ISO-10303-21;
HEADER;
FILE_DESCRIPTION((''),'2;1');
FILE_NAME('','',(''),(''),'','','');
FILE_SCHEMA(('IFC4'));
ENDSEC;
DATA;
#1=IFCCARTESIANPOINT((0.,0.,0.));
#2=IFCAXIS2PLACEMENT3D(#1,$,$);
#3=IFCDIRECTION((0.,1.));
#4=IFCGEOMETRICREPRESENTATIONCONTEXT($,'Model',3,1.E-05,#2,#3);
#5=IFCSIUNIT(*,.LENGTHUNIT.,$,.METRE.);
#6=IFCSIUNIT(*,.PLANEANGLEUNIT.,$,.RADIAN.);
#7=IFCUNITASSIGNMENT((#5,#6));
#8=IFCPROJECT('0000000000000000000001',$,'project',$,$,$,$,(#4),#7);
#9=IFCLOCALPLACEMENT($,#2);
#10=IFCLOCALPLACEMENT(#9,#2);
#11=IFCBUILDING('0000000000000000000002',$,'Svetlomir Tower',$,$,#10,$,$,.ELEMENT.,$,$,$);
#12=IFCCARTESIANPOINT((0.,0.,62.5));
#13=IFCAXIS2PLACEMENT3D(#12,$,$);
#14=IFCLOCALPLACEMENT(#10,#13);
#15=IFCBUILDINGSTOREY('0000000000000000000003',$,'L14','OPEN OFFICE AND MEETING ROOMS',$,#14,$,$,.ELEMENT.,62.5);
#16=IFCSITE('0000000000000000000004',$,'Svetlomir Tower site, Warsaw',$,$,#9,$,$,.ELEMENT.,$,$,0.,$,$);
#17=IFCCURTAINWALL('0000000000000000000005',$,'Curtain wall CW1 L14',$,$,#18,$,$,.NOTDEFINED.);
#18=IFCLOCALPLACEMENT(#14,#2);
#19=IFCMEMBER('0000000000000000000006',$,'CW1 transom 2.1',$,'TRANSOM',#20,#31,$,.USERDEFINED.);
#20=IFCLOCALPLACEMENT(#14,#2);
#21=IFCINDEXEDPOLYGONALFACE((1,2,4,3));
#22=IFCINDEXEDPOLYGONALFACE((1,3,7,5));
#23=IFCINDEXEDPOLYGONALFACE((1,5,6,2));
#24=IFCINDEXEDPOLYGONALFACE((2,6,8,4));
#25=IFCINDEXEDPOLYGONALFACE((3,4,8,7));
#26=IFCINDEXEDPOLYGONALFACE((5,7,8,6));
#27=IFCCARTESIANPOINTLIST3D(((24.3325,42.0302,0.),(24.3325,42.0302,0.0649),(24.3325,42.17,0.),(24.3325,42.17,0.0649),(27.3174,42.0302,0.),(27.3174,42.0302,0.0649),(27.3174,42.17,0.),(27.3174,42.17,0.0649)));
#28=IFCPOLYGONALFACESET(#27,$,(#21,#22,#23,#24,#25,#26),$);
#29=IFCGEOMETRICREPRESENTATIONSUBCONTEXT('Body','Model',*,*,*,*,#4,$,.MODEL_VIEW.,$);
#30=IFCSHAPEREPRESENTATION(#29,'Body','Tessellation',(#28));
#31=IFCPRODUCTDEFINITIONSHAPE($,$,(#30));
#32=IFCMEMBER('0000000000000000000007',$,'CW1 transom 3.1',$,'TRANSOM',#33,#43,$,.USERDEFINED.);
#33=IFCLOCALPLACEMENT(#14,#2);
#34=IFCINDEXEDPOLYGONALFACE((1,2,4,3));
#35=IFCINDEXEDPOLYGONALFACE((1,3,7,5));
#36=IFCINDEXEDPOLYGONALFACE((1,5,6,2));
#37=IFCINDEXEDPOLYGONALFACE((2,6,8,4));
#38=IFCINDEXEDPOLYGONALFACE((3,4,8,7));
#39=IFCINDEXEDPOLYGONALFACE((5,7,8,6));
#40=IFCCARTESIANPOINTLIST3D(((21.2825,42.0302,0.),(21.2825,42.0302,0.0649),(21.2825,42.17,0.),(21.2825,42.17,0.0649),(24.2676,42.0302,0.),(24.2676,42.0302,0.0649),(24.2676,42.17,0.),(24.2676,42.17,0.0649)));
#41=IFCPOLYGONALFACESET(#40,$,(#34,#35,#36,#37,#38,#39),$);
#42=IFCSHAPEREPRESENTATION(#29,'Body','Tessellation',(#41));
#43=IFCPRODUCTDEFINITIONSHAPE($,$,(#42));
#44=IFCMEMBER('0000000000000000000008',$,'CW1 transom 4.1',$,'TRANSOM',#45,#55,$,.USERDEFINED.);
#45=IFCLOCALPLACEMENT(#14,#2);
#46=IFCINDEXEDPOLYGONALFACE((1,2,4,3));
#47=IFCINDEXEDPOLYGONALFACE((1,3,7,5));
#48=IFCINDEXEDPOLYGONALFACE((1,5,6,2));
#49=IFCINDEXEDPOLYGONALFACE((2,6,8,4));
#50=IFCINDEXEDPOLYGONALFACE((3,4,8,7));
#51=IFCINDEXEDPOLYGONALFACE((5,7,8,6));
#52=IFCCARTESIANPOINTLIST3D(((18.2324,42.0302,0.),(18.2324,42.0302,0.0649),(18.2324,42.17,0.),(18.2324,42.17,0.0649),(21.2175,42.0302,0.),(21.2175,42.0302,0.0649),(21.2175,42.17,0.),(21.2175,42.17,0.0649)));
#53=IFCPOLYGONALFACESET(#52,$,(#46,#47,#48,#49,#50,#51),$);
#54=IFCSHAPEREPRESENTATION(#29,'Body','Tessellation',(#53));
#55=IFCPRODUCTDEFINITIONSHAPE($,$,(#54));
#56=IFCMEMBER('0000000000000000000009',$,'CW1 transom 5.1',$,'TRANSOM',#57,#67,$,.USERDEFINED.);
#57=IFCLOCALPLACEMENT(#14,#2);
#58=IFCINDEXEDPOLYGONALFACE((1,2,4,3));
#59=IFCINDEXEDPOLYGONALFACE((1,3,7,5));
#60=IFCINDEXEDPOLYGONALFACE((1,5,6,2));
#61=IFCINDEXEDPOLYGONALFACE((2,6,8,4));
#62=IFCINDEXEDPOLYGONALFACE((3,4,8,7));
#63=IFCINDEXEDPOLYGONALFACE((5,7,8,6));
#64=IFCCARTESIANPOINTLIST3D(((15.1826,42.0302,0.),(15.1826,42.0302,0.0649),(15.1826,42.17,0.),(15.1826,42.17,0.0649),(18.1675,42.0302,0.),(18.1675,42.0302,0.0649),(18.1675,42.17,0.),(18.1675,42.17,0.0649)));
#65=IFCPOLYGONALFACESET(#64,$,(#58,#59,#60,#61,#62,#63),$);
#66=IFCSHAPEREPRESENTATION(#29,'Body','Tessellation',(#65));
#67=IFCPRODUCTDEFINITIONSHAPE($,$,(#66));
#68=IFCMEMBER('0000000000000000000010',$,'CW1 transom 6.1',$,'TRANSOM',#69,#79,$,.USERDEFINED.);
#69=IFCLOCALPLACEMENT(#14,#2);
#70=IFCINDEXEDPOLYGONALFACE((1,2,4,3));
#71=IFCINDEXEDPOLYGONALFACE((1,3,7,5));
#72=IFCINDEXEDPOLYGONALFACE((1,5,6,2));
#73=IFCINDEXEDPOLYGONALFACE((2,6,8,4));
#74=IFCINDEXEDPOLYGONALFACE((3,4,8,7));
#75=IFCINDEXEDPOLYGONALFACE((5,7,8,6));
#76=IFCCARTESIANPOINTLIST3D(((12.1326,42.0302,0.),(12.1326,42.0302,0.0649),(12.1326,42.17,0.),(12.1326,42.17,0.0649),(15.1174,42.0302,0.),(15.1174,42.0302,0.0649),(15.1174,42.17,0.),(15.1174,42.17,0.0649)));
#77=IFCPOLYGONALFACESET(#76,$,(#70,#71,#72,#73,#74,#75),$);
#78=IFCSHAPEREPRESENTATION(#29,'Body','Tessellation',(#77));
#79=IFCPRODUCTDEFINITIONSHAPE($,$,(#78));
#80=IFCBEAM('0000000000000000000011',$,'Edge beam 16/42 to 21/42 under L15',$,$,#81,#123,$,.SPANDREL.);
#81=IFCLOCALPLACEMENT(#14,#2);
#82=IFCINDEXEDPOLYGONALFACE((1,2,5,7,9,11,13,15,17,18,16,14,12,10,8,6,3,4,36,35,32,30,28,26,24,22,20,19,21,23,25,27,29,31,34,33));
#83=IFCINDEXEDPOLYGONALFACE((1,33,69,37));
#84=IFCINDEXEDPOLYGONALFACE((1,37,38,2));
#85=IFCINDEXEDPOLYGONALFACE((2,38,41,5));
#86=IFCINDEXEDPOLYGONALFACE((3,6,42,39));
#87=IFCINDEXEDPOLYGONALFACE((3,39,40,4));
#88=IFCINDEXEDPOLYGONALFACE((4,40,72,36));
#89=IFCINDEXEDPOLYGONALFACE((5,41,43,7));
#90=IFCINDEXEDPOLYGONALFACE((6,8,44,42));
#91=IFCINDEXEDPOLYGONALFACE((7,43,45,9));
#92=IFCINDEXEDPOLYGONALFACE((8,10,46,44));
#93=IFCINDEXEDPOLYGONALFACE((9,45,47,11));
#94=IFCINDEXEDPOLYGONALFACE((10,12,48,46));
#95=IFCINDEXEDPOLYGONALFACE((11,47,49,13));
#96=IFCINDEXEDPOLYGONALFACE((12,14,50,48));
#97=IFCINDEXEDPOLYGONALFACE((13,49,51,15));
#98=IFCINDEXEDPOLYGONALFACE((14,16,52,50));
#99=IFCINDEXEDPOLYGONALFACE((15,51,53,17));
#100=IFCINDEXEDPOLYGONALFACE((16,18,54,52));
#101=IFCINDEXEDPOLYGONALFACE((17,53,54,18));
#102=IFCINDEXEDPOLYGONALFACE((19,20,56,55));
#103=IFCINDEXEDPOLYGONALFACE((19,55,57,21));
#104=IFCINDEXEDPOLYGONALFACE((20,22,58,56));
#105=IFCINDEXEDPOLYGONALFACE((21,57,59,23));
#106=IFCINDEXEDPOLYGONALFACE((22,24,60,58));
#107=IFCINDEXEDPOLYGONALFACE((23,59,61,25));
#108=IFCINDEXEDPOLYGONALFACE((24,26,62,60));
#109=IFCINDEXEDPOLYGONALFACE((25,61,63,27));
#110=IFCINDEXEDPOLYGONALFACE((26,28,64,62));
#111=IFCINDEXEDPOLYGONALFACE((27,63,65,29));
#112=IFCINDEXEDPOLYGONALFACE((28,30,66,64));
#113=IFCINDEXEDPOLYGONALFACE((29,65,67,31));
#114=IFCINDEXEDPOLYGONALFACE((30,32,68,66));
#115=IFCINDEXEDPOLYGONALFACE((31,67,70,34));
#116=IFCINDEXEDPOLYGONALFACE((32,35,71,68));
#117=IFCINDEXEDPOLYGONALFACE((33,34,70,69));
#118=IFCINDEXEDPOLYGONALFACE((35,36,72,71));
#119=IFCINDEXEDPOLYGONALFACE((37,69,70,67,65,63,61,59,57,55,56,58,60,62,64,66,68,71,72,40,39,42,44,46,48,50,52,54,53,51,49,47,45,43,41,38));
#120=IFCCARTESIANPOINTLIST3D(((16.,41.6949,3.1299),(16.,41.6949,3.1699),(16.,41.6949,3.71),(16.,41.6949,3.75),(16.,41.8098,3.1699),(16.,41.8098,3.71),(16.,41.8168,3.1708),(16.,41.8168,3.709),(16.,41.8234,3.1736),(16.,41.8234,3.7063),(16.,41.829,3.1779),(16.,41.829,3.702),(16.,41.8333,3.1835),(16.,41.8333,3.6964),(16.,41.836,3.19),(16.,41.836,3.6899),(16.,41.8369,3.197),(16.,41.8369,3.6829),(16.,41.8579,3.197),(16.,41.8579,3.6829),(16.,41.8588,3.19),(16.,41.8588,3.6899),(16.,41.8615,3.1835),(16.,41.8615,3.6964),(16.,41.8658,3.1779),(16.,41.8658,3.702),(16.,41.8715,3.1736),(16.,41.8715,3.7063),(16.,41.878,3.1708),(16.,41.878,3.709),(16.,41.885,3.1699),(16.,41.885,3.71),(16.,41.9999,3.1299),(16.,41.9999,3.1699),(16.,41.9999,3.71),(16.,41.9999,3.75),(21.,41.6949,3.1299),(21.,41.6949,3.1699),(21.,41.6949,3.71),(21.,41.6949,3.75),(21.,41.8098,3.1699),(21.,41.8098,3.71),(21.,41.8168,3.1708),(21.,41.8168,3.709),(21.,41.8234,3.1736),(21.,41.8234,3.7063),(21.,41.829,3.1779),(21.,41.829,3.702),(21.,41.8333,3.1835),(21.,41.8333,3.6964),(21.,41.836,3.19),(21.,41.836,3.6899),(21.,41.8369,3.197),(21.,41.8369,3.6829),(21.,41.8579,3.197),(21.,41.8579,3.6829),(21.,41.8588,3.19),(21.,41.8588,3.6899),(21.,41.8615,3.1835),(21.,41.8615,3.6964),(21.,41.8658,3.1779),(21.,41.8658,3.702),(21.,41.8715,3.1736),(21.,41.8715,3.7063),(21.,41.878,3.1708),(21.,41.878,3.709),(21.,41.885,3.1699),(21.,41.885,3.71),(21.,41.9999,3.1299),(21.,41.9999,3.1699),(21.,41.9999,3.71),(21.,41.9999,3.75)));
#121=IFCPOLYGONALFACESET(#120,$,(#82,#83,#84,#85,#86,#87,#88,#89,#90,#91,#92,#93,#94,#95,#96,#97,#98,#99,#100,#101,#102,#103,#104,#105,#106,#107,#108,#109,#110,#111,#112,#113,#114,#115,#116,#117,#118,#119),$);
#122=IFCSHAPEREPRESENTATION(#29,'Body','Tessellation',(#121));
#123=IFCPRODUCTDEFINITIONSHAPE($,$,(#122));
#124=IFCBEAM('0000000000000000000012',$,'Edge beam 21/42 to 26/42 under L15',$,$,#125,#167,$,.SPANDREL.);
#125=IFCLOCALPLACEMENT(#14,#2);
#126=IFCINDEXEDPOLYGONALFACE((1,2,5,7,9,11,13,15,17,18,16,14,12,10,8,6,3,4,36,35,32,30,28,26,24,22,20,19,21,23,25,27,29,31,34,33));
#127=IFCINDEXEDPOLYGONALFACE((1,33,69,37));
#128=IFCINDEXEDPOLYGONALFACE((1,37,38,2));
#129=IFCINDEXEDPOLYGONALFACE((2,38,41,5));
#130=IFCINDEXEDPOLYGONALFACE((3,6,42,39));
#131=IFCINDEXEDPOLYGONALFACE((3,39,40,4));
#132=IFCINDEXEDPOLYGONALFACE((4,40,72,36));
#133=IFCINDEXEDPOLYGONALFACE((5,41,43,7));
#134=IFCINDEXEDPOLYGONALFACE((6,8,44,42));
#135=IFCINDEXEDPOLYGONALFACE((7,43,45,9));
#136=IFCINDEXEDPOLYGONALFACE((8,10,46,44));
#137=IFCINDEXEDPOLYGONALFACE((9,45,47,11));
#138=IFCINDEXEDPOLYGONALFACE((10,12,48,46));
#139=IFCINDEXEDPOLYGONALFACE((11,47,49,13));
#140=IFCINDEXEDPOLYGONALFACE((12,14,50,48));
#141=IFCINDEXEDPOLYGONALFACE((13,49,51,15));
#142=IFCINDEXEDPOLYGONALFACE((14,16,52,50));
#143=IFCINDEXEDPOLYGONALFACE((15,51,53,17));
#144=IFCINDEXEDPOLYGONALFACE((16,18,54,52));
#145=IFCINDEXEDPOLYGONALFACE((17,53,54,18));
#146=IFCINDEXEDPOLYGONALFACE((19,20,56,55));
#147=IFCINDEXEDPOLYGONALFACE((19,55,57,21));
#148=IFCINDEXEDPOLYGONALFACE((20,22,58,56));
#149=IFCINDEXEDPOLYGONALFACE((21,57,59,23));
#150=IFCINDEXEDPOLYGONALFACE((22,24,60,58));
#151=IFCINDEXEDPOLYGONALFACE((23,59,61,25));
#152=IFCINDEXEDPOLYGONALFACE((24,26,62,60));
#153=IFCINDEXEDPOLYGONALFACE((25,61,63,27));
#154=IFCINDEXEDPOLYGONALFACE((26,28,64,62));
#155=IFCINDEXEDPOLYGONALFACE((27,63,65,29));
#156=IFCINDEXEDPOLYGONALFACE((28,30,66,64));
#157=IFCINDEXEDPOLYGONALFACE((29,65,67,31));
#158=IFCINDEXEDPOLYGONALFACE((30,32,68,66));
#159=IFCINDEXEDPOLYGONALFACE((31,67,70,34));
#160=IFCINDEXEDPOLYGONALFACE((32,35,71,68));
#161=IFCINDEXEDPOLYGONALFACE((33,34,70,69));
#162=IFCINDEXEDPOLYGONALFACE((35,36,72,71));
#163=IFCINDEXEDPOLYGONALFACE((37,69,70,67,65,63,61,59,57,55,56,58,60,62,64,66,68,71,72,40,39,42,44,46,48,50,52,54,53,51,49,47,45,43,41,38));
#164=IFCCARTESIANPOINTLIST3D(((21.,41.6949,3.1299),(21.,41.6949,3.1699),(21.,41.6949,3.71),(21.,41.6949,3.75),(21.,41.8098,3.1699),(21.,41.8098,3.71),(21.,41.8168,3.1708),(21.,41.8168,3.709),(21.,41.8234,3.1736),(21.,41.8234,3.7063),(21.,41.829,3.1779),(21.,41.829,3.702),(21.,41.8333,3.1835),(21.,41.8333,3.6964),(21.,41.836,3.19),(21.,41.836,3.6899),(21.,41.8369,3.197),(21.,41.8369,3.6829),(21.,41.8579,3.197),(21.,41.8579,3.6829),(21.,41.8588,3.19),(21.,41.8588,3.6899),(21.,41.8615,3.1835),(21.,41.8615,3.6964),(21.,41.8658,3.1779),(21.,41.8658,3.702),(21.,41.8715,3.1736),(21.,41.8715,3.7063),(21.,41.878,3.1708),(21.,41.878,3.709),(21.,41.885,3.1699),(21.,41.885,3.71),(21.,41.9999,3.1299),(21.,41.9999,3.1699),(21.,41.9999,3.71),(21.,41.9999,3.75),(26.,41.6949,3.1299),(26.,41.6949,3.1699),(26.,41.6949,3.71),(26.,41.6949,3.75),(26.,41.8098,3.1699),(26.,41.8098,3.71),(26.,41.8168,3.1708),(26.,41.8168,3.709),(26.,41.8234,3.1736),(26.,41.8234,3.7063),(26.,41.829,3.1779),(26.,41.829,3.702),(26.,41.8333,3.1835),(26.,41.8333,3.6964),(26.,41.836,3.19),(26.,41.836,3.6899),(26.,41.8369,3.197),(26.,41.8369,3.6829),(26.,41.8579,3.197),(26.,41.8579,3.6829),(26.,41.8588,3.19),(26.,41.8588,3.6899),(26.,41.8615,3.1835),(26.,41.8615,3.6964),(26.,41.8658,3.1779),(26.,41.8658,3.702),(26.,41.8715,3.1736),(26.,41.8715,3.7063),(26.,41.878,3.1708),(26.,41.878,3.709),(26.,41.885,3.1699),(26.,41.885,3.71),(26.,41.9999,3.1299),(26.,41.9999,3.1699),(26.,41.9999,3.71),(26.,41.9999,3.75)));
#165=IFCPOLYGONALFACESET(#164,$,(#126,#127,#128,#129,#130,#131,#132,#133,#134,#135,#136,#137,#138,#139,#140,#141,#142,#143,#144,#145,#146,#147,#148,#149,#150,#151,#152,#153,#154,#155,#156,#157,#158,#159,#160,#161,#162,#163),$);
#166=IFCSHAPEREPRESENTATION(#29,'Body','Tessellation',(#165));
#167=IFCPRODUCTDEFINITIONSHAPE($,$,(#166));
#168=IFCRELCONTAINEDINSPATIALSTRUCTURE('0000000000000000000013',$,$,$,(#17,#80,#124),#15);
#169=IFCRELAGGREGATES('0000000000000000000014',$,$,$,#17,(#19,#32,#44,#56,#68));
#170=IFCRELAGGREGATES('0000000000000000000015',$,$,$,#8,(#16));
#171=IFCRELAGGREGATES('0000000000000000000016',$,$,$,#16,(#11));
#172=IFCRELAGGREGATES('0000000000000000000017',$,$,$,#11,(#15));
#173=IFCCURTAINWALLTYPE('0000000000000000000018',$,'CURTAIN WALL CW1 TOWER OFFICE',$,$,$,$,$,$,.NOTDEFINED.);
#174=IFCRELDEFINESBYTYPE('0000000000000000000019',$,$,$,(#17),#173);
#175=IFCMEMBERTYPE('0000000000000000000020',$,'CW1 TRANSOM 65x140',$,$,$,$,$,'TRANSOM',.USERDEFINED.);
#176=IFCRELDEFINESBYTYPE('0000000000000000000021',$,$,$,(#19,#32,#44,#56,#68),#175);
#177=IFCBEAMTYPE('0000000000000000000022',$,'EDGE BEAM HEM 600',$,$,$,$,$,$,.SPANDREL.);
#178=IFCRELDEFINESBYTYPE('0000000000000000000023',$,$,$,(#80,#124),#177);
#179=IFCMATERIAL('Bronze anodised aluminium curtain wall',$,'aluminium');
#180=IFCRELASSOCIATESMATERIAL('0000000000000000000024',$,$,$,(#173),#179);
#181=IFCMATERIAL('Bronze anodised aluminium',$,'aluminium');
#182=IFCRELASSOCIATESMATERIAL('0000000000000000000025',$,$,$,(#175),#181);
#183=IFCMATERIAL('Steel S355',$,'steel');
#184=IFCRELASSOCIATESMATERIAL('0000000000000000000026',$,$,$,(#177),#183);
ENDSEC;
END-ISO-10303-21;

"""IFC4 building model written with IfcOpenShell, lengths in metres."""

from ifc_helpers import new_model, si_unit, direction, frame, origin, origin_2d, place, context, subcontext, project, spatial, rectangle, i_section, extrude, material, material_profile, profile_set, type_object, element, aggregate, save


model = new_model("IFC4")

# Units and contexts
model_context = context("Model", 3, precision=1e-05, world=origin(), true_north=direction((0.0, 1.0)))
body_context = subcontext(model_context, "Body", "Model", "MODEL_VIEW")
ifc_project = project(units=[si_unit("LENGTHUNIT", "METRE"), si_unit("PLANEANGLEUNIT", "RADIAN")], contexts=[model_context])

# Site, building, storey
site_placement = place(None, origin())
site = spatial("IfcSite", under=ifc_project, at=site_placement, Name="Svetlomir Tower site, Warsaw", CompositionType="ELEMENT", RefElevation=0.0)
building_placement = place(site_placement, origin())
building = spatial("IfcBuilding", under=site, at=building_placement, Name="Svetlomir Tower", CompositionType="ELEMENT")
storey_placement = place(building_placement, frame((0.0, 0.0, 62.5)))
storey = spatial("IfcBuildingStorey", under=building, at=storey_placement, Name="L14", Description="OPEN OFFICE AND MEETING ROOMS", CompositionType="ELEMENT", Elevation=62.5)

# Curtain wall, members
ifc_material_1 = material(Name="Bronze anodised aluminium curtain wall", Category="aluminium")
curtain_wall_type = type_object("IfcCurtainWallType", Name="CURTAIN WALL CW1 TOWER OFFICE", PredefinedType="NOTDEFINED", material=ifc_material_1)
curtain_wall_placement = place(storey_placement, origin())
curtain_wall = element("IfcCurtainWall", 1, at=curtain_wall_placement, inside=storey, type_object=curtain_wall_type, Name="Curtain wall CW1 L14", PredefinedType="NOTDEFINED")
ifc_material_2 = material(Name="Bronze anodised aluminium", Category="aluminium")
ifc_material_profile_1 = material_profile(ifc_material_2, rectangle(XDim=0.1399, YDim=0.0649, at=origin_2d()), Name="AL 140x65")
ifc_profile_set_1 = profile_set([ifc_material_profile_1], Name="Bronze anodised aluminium 6063-T6")
member_type_1 = type_object("IfcMemberType", Name="CW1 TRANSOM 65x140", ElementType="TRANSOM", PredefinedType="USERDEFINED", material=ifc_profile_set_1)
member_1_placement = place(storey_placement, frame((27.3174, 42.1001, 0.0325), z_axis=(-1.0, 0.0, 0.0), x_axis=(0.0, -1.0, 0.0)))
member_1 = element("IfcMember", 2, at=member_1_placement, type_object=member_type_1, Name="CW1 transom 2.1", ObjectType="TRANSOM", PredefinedType="USERDEFINED", context=body_context, shape_type="SweptSolid", body=[
    extrude(rectangle(XDim=0.1399, YDim=0.0649, at=origin_2d()), origin(), (0.0, 0.0, 1.0), 2.9849),
])
member_2_placement = place(storey_placement, frame((24.2676, 42.1001, 0.0325), z_axis=(-1.0, 0.0, 0.0), x_axis=(0.0, -1.0, 0.0)))
member_2 = element("IfcMember", 3, at=member_2_placement, type_object=member_type_1, Name="CW1 transom 3.1", ObjectType="TRANSOM", PredefinedType="USERDEFINED", context=body_context, shape_type="SweptSolid", body=[
    extrude(rectangle(XDim=0.1399, YDim=0.0649, at=origin_2d()), origin(), (0.0, 0.0, 1.0), 2.9851),
])
member_3_placement = place(storey_placement, frame((21.2175, 42.1001, 0.0325), z_axis=(-1.0, 0.0, 0.0), x_axis=(0.0, -1.0, 0.0)))
member_3 = element("IfcMember", 4, at=member_3_placement, type_object=member_type_1, Name="CW1 transom 4.1", ObjectType="TRANSOM", PredefinedType="USERDEFINED", context=body_context, shape_type="SweptSolid", body=[
    extrude(rectangle(XDim=0.1399, YDim=0.0649, at=origin_2d()), origin(), (0.0, 0.0, 1.0), 2.9851),
])
member_4_placement = place(storey_placement, frame((18.1675, 42.1001, 0.0325), z_axis=(-1.0, 0.0, 0.0), x_axis=(0.0, -1.0, 0.0)))
member_4 = element("IfcMember", 5, at=member_4_placement, type_object=member_type_1, Name="CW1 transom 5.1", ObjectType="TRANSOM", PredefinedType="USERDEFINED", context=body_context, shape_type="SweptSolid", body=[
    extrude(rectangle(XDim=0.1399, YDim=0.0649, at=origin_2d()), origin(), (0.0, 0.0, 1.0), 2.9849),
])
member_5_placement = place(storey_placement, frame((15.1174, 42.1001, 0.0325), z_axis=(-1.0, 0.0, 0.0), x_axis=(0.0, -1.0, 0.0)))
member_5 = element("IfcMember", 6, at=member_5_placement, type_object=member_type_1, Name="CW1 transom 6.1", ObjectType="TRANSOM", PredefinedType="USERDEFINED", context=body_context, shape_type="SweptSolid", body=[
    extrude(rectangle(XDim=0.1399, YDim=0.0649, at=origin_2d()), origin(), (0.0, 0.0, 1.0), 2.9849),
])

# Beams
ifc_material_3 = material(Name="Steel S355", Category="steel")
ifc_material_profile_2 = material_profile(ifc_material_3, i_section(OverallWidth=0.3049, OverallDepth=0.6201, WebThickness=0.021, FlangeThickness=0.04, FilletRadius=0.0271, at=origin_2d()), Name="HEM 600")
ifc_profile_set_2 = profile_set([ifc_material_profile_2], Name="Steel S355")
beam_type_1 = type_object("IfcBeamType", Name="EDGE BEAM HEM 600", PredefinedType="SPANDREL", material=ifc_profile_set_2)
for number, where, z_axis, x_axis, name in (
    (7, (16.0, 41.8474, 3.4399), (1.0, 0.0, 0.0), (0.0, 1.0, 0.0), "Edge beam 16/42 to 21/42 under L15"),
    (8, (21.0, 41.8474, 3.4399), (1.0, 0.0, 0.0), (0.0, 1.0, 0.0), "Edge beam 21/42 to 26/42 under L15"),
):
    element("IfcBeam", number, at=place(storey_placement, frame(where, z_axis=z_axis, x_axis=x_axis)), inside=storey, type_object=beam_type_1, Name=name, PredefinedType="SPANDREL", context=body_context, shape_type="SweptSolid", body=[
        extrude(i_section(OverallWidth=0.3049, OverallDepth=0.6201, WebThickness=0.021, FlangeThickness=0.04, FilletRadius=0.0271, at=origin_2d()), origin(), (0.0, 0.0, 1.0), 5.0),
    ])

aggregate(curtain_wall, [member_1, member_2, member_3, member_4, member_5])

save(model, "model.ifc")
